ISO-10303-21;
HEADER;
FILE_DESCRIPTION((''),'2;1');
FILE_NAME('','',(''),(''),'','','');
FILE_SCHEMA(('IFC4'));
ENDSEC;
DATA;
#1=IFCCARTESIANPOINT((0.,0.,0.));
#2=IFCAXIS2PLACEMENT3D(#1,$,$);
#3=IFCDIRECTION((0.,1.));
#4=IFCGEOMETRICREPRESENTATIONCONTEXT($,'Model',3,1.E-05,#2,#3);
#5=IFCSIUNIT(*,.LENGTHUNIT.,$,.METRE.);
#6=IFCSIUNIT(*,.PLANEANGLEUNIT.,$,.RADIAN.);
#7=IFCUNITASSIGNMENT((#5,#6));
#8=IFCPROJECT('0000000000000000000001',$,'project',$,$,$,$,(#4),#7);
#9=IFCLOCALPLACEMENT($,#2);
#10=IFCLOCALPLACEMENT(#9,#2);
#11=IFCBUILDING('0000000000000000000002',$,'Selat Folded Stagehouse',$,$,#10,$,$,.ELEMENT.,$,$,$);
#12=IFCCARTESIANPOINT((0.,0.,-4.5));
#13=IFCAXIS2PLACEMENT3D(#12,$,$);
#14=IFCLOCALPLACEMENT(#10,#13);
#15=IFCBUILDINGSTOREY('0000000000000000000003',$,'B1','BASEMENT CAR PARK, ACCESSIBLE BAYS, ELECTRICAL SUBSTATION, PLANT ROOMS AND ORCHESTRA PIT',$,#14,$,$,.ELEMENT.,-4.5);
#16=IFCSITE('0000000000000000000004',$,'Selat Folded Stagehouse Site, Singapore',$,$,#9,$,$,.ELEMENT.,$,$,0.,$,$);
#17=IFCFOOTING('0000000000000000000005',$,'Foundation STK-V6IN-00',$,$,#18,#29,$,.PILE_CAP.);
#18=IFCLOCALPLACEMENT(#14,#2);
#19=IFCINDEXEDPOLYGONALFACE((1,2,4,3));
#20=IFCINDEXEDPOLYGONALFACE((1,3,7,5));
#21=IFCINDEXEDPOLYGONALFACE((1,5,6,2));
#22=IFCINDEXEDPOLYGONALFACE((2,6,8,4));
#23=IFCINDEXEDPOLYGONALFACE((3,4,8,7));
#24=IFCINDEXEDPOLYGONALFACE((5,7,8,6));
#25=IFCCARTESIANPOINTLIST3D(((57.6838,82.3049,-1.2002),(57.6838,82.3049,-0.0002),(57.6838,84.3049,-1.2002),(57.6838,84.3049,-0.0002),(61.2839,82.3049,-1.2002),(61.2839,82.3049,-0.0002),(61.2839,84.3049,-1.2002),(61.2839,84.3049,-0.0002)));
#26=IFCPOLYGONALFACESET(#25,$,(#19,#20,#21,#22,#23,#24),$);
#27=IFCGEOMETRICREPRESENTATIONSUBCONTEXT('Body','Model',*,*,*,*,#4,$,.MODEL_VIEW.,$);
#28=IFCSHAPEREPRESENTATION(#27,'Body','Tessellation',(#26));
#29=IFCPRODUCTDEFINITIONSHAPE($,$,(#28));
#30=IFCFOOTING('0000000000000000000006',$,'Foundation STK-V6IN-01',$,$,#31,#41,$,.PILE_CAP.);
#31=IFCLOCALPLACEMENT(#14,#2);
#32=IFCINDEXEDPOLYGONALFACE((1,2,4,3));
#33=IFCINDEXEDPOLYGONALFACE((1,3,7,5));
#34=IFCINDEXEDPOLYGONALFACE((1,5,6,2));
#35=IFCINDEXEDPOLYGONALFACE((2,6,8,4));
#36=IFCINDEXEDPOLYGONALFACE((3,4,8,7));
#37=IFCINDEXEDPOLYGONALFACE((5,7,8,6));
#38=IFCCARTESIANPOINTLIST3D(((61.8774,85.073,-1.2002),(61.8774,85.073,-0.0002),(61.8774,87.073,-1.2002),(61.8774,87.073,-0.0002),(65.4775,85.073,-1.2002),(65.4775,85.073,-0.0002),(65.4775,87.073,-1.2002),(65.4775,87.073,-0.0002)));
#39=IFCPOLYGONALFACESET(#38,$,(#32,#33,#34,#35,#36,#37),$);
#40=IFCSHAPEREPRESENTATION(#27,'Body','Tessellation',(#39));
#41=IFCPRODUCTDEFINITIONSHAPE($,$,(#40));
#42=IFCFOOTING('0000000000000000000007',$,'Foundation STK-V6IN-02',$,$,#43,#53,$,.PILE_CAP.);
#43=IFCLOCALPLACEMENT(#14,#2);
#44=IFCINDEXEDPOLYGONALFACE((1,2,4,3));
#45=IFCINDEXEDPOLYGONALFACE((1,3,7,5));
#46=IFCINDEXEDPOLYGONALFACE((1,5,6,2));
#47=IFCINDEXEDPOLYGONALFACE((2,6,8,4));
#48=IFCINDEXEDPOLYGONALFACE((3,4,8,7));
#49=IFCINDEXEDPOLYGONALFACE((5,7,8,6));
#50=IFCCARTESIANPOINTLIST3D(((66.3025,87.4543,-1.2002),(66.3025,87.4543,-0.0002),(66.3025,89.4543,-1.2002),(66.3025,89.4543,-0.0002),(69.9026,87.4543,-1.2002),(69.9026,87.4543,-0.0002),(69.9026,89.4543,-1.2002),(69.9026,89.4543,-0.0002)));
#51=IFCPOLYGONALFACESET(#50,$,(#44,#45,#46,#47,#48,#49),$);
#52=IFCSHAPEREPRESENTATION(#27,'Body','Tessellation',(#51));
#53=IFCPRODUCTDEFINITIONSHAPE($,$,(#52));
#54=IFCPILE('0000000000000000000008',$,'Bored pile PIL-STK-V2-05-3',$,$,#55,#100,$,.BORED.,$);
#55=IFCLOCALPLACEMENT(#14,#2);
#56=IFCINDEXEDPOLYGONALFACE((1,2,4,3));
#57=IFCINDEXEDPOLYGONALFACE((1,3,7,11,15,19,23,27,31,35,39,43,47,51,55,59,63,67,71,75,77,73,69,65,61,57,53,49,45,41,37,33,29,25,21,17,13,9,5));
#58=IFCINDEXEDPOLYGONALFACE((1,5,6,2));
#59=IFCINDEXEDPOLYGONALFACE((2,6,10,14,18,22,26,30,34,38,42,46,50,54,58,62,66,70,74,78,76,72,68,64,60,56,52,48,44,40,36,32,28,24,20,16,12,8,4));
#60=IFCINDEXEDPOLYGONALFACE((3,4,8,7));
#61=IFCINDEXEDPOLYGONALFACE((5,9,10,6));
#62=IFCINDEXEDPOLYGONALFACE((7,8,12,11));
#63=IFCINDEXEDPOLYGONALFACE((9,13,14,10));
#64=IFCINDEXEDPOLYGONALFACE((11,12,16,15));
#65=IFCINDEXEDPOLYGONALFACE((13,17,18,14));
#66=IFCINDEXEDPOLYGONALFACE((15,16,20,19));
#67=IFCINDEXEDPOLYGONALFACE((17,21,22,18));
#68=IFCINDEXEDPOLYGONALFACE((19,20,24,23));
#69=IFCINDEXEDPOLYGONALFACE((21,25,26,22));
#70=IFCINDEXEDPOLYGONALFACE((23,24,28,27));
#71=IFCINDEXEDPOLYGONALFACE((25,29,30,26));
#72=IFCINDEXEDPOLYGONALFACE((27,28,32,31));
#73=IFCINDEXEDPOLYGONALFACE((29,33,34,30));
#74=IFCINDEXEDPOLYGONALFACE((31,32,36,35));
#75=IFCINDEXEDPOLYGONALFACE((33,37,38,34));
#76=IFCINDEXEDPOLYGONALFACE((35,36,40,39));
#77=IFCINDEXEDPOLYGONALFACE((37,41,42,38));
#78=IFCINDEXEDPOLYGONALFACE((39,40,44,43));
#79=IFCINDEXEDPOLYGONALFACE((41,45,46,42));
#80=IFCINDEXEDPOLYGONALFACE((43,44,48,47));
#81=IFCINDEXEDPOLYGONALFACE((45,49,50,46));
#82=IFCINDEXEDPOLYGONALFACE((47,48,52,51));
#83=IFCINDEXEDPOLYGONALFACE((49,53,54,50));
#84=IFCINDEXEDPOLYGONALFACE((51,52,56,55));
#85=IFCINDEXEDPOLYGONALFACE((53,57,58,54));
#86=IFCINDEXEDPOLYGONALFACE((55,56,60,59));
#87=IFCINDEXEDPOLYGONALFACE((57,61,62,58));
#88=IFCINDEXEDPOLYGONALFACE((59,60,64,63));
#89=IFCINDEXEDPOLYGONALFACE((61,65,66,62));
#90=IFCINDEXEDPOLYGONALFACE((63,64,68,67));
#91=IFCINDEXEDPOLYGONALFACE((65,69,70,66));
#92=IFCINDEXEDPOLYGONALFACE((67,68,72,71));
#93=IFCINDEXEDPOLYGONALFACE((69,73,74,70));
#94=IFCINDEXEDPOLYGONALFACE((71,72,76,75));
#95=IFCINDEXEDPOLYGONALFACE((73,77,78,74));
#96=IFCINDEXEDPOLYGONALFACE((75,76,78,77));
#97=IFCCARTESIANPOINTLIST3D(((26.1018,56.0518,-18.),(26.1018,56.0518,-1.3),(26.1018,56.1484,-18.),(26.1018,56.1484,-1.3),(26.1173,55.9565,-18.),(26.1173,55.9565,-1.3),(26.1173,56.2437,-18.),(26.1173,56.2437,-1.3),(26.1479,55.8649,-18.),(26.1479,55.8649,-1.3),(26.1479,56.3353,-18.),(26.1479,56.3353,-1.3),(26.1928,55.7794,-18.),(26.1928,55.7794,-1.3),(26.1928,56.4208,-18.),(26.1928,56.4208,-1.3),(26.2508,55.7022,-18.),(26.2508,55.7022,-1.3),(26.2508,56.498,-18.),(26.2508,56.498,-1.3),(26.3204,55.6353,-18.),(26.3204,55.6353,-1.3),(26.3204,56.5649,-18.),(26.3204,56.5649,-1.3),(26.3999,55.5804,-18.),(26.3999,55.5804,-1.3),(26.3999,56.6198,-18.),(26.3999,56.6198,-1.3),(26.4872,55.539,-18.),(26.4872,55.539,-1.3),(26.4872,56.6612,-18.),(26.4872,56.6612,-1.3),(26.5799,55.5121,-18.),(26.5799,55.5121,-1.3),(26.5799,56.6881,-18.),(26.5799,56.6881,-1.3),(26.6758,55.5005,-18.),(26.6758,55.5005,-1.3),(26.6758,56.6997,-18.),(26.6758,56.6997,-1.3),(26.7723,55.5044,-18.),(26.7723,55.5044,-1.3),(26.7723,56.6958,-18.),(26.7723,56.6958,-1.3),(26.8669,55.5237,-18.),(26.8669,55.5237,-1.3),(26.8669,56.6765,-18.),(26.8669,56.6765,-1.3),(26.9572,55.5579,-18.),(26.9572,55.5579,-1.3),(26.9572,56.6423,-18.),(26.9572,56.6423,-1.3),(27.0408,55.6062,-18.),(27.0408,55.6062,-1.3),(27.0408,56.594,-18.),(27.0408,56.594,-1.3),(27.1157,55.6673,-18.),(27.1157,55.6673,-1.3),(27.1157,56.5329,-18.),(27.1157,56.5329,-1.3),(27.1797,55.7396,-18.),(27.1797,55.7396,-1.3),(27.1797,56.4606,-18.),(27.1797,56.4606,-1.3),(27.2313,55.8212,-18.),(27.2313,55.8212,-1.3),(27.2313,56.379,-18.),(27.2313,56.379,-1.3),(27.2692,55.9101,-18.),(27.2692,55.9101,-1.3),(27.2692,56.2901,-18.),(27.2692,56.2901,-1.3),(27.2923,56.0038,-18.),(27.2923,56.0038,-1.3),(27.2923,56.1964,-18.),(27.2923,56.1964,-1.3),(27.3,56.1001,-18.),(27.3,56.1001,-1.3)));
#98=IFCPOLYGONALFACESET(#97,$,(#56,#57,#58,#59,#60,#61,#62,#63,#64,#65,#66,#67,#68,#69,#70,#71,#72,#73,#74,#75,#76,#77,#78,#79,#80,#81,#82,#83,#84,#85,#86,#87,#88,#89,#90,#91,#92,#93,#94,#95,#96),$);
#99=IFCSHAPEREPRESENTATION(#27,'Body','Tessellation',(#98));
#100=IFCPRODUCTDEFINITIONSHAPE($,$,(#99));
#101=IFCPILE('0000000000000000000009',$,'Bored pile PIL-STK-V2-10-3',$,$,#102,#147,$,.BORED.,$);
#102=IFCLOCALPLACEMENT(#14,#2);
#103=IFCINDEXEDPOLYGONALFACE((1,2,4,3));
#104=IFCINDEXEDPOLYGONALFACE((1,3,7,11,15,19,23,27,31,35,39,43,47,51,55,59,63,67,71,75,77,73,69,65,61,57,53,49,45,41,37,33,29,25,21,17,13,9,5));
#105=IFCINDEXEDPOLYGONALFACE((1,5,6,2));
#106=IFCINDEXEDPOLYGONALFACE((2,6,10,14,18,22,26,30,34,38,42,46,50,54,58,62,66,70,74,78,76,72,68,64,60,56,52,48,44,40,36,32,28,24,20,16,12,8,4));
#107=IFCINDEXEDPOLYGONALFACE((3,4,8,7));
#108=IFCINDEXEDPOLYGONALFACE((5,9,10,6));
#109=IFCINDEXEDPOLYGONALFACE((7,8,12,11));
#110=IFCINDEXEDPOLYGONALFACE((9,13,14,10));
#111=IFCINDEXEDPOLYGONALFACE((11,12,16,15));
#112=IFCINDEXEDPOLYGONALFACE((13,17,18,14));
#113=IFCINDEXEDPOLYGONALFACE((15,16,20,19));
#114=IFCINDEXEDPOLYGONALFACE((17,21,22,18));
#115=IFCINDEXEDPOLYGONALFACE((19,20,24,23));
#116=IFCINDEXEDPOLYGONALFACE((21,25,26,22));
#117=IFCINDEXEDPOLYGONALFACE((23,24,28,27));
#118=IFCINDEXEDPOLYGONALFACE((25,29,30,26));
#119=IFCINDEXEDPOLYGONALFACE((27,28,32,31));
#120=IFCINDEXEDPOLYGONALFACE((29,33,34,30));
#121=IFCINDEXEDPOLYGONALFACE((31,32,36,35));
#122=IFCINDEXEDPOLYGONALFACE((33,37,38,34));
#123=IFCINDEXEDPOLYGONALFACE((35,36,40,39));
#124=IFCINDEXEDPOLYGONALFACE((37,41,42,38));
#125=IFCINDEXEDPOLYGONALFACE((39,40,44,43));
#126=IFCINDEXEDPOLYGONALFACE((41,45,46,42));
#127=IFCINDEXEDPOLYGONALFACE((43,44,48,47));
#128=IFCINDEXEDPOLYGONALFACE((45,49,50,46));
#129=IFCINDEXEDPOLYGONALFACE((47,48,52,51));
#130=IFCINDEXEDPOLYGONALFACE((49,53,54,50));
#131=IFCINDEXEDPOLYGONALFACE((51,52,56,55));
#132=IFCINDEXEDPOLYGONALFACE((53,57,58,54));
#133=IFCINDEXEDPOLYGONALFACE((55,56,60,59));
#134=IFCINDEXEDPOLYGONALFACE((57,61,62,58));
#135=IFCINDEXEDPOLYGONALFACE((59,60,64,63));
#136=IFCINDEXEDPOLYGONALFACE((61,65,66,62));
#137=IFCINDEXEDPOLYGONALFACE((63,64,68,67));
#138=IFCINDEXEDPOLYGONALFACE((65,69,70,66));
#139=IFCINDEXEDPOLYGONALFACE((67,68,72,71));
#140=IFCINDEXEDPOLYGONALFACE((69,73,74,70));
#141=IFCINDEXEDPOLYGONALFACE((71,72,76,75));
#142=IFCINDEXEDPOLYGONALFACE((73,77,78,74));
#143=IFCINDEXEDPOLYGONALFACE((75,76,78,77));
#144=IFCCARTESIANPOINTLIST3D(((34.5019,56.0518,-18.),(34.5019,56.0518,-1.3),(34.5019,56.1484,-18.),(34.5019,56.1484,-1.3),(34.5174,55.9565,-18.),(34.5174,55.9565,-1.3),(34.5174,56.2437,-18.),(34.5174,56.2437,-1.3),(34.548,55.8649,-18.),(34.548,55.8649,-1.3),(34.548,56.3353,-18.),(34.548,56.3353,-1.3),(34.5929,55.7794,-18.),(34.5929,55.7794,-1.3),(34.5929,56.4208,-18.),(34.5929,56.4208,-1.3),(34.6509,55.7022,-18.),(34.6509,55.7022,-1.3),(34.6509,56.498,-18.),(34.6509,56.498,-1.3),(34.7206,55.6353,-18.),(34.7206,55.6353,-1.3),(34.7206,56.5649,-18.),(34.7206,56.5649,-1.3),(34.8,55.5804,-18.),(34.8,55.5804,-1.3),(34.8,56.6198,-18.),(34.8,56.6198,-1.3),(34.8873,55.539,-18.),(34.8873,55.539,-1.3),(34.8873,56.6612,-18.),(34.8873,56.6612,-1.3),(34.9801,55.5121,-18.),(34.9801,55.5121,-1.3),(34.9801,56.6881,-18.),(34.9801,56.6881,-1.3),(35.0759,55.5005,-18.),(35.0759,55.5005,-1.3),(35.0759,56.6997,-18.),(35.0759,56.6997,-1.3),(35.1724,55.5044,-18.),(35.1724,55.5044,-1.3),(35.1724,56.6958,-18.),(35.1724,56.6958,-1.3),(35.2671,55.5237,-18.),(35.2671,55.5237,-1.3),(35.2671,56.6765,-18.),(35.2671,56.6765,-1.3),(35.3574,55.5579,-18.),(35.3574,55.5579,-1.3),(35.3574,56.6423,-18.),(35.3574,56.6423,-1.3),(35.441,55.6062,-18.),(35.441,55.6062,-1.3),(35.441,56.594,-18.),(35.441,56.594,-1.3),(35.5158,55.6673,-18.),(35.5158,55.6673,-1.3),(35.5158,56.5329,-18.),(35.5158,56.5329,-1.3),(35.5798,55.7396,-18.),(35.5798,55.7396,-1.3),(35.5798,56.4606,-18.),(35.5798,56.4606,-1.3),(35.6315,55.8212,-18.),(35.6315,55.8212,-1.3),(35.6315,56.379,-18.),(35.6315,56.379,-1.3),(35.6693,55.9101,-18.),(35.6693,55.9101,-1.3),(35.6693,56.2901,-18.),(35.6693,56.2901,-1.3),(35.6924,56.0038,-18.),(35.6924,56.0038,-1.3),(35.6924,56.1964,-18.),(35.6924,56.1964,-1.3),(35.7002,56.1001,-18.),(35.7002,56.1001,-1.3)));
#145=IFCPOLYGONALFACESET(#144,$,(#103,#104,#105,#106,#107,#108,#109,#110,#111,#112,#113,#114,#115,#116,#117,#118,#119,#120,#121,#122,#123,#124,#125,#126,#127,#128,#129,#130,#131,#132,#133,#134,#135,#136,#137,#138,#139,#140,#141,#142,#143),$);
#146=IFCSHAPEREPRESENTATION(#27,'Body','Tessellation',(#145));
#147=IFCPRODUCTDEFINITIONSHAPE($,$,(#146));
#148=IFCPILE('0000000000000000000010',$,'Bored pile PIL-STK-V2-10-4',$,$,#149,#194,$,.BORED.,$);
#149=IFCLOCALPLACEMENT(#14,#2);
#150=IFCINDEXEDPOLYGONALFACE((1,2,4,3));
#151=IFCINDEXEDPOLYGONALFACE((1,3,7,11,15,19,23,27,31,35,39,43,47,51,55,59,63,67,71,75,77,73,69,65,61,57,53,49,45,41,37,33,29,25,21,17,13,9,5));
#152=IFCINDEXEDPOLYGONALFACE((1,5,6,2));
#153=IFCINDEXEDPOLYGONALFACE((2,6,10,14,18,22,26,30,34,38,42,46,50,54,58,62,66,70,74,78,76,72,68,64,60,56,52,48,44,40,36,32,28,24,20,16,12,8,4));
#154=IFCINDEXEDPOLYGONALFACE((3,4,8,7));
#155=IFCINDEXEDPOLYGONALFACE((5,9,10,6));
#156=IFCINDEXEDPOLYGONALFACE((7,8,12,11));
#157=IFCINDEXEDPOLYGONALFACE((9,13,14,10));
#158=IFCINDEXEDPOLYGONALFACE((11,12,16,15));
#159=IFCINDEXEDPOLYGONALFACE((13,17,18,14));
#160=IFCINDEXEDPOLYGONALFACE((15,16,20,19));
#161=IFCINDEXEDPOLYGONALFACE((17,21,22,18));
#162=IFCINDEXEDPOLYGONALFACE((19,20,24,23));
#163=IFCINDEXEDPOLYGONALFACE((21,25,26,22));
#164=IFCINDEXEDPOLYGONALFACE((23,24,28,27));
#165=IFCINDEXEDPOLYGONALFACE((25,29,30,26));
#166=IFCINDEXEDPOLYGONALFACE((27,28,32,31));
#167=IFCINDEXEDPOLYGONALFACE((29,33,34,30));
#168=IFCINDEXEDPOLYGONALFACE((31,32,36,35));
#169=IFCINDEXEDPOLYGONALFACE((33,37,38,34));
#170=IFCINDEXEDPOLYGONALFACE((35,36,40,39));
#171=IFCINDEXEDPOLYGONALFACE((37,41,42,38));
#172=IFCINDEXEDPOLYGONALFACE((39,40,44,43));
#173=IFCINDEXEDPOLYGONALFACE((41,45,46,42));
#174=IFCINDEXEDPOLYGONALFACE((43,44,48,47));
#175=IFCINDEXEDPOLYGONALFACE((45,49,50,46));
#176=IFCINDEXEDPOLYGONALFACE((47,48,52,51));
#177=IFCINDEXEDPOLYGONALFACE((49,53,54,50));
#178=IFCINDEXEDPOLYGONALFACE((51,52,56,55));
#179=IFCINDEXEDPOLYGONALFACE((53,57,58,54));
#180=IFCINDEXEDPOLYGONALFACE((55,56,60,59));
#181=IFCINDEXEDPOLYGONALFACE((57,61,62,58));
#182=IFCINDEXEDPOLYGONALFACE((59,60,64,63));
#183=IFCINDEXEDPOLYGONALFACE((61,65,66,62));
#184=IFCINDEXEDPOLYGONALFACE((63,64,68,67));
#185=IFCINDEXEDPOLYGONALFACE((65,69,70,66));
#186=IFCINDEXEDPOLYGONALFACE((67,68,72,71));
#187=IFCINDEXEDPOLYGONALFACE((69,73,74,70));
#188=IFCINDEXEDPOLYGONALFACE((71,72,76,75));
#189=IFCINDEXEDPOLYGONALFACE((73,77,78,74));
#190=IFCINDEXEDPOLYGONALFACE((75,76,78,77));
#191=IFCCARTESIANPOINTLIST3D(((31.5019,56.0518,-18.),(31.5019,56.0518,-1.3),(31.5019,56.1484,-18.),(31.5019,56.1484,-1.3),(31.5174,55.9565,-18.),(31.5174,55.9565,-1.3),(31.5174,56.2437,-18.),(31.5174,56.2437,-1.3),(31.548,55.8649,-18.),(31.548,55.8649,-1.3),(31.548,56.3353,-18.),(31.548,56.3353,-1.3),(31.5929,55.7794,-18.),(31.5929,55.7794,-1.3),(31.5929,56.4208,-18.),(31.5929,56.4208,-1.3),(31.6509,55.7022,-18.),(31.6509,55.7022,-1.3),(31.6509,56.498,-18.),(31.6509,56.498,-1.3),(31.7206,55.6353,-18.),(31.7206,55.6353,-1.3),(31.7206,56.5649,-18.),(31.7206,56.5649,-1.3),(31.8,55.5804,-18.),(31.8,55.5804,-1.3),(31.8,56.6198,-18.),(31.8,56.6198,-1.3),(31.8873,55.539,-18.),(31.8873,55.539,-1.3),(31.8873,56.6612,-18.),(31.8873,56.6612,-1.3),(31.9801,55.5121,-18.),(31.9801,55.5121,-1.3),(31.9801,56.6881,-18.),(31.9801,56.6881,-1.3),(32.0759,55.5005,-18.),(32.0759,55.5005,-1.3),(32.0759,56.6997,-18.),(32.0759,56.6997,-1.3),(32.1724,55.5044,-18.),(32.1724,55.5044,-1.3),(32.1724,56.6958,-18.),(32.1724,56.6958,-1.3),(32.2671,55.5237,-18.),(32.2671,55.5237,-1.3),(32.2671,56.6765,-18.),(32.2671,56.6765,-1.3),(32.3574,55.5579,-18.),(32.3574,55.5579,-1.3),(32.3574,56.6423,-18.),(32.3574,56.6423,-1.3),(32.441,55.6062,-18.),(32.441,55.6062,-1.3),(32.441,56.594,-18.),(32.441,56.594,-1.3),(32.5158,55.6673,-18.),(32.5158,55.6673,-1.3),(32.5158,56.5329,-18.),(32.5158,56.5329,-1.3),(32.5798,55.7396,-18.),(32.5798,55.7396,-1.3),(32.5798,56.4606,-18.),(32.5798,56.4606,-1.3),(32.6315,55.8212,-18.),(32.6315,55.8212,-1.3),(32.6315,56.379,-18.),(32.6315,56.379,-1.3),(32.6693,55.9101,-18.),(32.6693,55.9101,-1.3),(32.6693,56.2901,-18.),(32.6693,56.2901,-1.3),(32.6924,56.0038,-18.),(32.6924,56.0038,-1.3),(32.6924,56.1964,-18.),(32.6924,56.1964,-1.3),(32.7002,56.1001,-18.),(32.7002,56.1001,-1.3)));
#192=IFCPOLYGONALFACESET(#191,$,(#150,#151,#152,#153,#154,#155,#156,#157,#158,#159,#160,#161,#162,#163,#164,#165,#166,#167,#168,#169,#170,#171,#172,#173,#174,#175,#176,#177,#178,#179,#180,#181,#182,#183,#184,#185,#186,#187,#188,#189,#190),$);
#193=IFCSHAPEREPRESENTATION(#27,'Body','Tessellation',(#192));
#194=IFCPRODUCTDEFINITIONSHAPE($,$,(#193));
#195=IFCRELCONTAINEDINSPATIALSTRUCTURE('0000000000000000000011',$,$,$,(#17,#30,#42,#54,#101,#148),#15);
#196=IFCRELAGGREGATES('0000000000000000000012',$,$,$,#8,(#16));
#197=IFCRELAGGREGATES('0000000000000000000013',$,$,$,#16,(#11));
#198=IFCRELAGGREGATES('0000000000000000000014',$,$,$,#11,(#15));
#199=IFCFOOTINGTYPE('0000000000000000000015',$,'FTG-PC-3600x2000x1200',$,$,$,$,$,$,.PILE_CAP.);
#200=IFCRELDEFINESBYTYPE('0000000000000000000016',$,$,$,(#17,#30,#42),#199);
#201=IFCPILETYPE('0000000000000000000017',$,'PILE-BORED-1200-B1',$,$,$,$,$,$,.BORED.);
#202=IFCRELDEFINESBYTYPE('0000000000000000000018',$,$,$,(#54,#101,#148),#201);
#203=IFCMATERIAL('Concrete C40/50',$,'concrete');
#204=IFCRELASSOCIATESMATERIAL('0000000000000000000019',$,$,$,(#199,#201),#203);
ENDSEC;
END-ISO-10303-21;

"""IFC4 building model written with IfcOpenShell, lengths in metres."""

from ifc_helpers import new_model, si_unit, direction, frame, origin, origin_2d, place, context, subcontext, project, spatial, rectangle, circle, extrude, material, material_profile, profile_set, type_object, element, save


model = new_model("IFC4")

# Units and contexts
model_context = context("Model", 3, precision=1e-05, world=origin(), true_north=direction((0.0, 1.0)))
body_context = subcontext(model_context, "Body", "Model", "MODEL_VIEW")
ifc_project = project(units=[si_unit("LENGTHUNIT", "METRE"), si_unit("PLANEANGLEUNIT", "RADIAN")], contexts=[model_context])

# Site, building, storey
site_placement = place(None, origin())
site = spatial("IfcSite", under=ifc_project, at=site_placement, Name="Selat Folded Stagehouse Site, Singapore", CompositionType="ELEMENT", RefElevation=0.0)
building_placement = place(site_placement, origin())
building = spatial("IfcBuilding", under=site, at=building_placement, Name="Selat Folded Stagehouse", CompositionType="ELEMENT")
storey_placement = place(building_placement, frame((0.0, 0.0, -4.5)))
storey = spatial("IfcBuildingStorey", under=building, at=storey_placement, Name="B1", Description="BASEMENT CAR PARK, ACCESSIBLE BAYS, ELECTRICAL SUBSTATION, PLANT ROOMS AND ORCHESTRA PIT", CompositionType="ELEMENT", Elevation=-4.5)

# Footings
ifc_material_1 = material(Name="Concrete C40/50", Category="concrete")
footing_type = type_object("IfcFootingType", Name="FTG-PC-3600x2000x1200", PredefinedType="PILE_CAP", material=ifc_material_1)
for number, where, z_axis, x_axis, name in (
    (1, (59.4839, 83.3049, -1.2002), (0.0, 0.0, 1.0), (1.0, 0.0, 0.0), "Foundation STK-V6IN-00"),
    (2, (63.6775, 86.073, -1.2002), (0.0, 0.0, 1.0), (1.0, 0.0, 0.0), "Foundation STK-V6IN-01"),
    (3, (68.1025, 88.4543, -1.2002), (0.0, 0.0, 1.0), (1.0, 0.0, 0.0), "Foundation STK-V6IN-02"),
):
    element("IfcFooting", number, at=place(storey_placement, frame(where, z_axis=z_axis, x_axis=x_axis)), inside=storey, type_object=footing_type, Name=name, PredefinedType="PILE_CAP", context=body_context, shape_type="SweptSolid", body=[
        extrude(rectangle(XDim=3.6001, YDim=2.0, at=origin_2d()), origin(), (0.0, 0.0, 1.0), 1.2),
    ])

# Piles
ifc_material_profile_1 = material_profile(ifc_material_1, circle(Radius=0.6001, at=origin_2d()), Name="PILE D1200")
ifc_profile_set_1 = profile_set([ifc_material_profile_1], Name="Concrete C40/50")
pile_type_1 = type_object("IfcPileType", Name="PILE-BORED-1200-B1", PredefinedType="BORED", material=ifc_profile_set_1)
for number, where, z_axis, x_axis, name in (
    (4, (26.7, 56.1001, -1.3), (0.0, 0.0, -1.0), (1.0, 0.0, 0.0), "Bored pile PIL-STK-V2-05-3"),
    (5, (35.1001, 56.1001, -1.3), (0.0, 0.0, -1.0), (1.0, 0.0, 0.0), "Bored pile PIL-STK-V2-10-3"),
    (6, (32.1001, 56.1001, -1.3), (0.0, 0.0, -1.0), (1.0, 0.0, 0.0), "Bored pile PIL-STK-V2-10-4"),
):
    element("IfcPile", number, at=place(storey_placement, frame(where, z_axis=z_axis, x_axis=x_axis)), inside=storey, type_object=pile_type_1, Name=name, PredefinedType="BORED", context=body_context, shape_type="SweptSolid", body=[
        extrude(circle(Radius=0.6001, at=origin_2d()), origin(), (0.0, 0.0, 1.0), 16.7),
    ])

save(model, "model.ifc")
